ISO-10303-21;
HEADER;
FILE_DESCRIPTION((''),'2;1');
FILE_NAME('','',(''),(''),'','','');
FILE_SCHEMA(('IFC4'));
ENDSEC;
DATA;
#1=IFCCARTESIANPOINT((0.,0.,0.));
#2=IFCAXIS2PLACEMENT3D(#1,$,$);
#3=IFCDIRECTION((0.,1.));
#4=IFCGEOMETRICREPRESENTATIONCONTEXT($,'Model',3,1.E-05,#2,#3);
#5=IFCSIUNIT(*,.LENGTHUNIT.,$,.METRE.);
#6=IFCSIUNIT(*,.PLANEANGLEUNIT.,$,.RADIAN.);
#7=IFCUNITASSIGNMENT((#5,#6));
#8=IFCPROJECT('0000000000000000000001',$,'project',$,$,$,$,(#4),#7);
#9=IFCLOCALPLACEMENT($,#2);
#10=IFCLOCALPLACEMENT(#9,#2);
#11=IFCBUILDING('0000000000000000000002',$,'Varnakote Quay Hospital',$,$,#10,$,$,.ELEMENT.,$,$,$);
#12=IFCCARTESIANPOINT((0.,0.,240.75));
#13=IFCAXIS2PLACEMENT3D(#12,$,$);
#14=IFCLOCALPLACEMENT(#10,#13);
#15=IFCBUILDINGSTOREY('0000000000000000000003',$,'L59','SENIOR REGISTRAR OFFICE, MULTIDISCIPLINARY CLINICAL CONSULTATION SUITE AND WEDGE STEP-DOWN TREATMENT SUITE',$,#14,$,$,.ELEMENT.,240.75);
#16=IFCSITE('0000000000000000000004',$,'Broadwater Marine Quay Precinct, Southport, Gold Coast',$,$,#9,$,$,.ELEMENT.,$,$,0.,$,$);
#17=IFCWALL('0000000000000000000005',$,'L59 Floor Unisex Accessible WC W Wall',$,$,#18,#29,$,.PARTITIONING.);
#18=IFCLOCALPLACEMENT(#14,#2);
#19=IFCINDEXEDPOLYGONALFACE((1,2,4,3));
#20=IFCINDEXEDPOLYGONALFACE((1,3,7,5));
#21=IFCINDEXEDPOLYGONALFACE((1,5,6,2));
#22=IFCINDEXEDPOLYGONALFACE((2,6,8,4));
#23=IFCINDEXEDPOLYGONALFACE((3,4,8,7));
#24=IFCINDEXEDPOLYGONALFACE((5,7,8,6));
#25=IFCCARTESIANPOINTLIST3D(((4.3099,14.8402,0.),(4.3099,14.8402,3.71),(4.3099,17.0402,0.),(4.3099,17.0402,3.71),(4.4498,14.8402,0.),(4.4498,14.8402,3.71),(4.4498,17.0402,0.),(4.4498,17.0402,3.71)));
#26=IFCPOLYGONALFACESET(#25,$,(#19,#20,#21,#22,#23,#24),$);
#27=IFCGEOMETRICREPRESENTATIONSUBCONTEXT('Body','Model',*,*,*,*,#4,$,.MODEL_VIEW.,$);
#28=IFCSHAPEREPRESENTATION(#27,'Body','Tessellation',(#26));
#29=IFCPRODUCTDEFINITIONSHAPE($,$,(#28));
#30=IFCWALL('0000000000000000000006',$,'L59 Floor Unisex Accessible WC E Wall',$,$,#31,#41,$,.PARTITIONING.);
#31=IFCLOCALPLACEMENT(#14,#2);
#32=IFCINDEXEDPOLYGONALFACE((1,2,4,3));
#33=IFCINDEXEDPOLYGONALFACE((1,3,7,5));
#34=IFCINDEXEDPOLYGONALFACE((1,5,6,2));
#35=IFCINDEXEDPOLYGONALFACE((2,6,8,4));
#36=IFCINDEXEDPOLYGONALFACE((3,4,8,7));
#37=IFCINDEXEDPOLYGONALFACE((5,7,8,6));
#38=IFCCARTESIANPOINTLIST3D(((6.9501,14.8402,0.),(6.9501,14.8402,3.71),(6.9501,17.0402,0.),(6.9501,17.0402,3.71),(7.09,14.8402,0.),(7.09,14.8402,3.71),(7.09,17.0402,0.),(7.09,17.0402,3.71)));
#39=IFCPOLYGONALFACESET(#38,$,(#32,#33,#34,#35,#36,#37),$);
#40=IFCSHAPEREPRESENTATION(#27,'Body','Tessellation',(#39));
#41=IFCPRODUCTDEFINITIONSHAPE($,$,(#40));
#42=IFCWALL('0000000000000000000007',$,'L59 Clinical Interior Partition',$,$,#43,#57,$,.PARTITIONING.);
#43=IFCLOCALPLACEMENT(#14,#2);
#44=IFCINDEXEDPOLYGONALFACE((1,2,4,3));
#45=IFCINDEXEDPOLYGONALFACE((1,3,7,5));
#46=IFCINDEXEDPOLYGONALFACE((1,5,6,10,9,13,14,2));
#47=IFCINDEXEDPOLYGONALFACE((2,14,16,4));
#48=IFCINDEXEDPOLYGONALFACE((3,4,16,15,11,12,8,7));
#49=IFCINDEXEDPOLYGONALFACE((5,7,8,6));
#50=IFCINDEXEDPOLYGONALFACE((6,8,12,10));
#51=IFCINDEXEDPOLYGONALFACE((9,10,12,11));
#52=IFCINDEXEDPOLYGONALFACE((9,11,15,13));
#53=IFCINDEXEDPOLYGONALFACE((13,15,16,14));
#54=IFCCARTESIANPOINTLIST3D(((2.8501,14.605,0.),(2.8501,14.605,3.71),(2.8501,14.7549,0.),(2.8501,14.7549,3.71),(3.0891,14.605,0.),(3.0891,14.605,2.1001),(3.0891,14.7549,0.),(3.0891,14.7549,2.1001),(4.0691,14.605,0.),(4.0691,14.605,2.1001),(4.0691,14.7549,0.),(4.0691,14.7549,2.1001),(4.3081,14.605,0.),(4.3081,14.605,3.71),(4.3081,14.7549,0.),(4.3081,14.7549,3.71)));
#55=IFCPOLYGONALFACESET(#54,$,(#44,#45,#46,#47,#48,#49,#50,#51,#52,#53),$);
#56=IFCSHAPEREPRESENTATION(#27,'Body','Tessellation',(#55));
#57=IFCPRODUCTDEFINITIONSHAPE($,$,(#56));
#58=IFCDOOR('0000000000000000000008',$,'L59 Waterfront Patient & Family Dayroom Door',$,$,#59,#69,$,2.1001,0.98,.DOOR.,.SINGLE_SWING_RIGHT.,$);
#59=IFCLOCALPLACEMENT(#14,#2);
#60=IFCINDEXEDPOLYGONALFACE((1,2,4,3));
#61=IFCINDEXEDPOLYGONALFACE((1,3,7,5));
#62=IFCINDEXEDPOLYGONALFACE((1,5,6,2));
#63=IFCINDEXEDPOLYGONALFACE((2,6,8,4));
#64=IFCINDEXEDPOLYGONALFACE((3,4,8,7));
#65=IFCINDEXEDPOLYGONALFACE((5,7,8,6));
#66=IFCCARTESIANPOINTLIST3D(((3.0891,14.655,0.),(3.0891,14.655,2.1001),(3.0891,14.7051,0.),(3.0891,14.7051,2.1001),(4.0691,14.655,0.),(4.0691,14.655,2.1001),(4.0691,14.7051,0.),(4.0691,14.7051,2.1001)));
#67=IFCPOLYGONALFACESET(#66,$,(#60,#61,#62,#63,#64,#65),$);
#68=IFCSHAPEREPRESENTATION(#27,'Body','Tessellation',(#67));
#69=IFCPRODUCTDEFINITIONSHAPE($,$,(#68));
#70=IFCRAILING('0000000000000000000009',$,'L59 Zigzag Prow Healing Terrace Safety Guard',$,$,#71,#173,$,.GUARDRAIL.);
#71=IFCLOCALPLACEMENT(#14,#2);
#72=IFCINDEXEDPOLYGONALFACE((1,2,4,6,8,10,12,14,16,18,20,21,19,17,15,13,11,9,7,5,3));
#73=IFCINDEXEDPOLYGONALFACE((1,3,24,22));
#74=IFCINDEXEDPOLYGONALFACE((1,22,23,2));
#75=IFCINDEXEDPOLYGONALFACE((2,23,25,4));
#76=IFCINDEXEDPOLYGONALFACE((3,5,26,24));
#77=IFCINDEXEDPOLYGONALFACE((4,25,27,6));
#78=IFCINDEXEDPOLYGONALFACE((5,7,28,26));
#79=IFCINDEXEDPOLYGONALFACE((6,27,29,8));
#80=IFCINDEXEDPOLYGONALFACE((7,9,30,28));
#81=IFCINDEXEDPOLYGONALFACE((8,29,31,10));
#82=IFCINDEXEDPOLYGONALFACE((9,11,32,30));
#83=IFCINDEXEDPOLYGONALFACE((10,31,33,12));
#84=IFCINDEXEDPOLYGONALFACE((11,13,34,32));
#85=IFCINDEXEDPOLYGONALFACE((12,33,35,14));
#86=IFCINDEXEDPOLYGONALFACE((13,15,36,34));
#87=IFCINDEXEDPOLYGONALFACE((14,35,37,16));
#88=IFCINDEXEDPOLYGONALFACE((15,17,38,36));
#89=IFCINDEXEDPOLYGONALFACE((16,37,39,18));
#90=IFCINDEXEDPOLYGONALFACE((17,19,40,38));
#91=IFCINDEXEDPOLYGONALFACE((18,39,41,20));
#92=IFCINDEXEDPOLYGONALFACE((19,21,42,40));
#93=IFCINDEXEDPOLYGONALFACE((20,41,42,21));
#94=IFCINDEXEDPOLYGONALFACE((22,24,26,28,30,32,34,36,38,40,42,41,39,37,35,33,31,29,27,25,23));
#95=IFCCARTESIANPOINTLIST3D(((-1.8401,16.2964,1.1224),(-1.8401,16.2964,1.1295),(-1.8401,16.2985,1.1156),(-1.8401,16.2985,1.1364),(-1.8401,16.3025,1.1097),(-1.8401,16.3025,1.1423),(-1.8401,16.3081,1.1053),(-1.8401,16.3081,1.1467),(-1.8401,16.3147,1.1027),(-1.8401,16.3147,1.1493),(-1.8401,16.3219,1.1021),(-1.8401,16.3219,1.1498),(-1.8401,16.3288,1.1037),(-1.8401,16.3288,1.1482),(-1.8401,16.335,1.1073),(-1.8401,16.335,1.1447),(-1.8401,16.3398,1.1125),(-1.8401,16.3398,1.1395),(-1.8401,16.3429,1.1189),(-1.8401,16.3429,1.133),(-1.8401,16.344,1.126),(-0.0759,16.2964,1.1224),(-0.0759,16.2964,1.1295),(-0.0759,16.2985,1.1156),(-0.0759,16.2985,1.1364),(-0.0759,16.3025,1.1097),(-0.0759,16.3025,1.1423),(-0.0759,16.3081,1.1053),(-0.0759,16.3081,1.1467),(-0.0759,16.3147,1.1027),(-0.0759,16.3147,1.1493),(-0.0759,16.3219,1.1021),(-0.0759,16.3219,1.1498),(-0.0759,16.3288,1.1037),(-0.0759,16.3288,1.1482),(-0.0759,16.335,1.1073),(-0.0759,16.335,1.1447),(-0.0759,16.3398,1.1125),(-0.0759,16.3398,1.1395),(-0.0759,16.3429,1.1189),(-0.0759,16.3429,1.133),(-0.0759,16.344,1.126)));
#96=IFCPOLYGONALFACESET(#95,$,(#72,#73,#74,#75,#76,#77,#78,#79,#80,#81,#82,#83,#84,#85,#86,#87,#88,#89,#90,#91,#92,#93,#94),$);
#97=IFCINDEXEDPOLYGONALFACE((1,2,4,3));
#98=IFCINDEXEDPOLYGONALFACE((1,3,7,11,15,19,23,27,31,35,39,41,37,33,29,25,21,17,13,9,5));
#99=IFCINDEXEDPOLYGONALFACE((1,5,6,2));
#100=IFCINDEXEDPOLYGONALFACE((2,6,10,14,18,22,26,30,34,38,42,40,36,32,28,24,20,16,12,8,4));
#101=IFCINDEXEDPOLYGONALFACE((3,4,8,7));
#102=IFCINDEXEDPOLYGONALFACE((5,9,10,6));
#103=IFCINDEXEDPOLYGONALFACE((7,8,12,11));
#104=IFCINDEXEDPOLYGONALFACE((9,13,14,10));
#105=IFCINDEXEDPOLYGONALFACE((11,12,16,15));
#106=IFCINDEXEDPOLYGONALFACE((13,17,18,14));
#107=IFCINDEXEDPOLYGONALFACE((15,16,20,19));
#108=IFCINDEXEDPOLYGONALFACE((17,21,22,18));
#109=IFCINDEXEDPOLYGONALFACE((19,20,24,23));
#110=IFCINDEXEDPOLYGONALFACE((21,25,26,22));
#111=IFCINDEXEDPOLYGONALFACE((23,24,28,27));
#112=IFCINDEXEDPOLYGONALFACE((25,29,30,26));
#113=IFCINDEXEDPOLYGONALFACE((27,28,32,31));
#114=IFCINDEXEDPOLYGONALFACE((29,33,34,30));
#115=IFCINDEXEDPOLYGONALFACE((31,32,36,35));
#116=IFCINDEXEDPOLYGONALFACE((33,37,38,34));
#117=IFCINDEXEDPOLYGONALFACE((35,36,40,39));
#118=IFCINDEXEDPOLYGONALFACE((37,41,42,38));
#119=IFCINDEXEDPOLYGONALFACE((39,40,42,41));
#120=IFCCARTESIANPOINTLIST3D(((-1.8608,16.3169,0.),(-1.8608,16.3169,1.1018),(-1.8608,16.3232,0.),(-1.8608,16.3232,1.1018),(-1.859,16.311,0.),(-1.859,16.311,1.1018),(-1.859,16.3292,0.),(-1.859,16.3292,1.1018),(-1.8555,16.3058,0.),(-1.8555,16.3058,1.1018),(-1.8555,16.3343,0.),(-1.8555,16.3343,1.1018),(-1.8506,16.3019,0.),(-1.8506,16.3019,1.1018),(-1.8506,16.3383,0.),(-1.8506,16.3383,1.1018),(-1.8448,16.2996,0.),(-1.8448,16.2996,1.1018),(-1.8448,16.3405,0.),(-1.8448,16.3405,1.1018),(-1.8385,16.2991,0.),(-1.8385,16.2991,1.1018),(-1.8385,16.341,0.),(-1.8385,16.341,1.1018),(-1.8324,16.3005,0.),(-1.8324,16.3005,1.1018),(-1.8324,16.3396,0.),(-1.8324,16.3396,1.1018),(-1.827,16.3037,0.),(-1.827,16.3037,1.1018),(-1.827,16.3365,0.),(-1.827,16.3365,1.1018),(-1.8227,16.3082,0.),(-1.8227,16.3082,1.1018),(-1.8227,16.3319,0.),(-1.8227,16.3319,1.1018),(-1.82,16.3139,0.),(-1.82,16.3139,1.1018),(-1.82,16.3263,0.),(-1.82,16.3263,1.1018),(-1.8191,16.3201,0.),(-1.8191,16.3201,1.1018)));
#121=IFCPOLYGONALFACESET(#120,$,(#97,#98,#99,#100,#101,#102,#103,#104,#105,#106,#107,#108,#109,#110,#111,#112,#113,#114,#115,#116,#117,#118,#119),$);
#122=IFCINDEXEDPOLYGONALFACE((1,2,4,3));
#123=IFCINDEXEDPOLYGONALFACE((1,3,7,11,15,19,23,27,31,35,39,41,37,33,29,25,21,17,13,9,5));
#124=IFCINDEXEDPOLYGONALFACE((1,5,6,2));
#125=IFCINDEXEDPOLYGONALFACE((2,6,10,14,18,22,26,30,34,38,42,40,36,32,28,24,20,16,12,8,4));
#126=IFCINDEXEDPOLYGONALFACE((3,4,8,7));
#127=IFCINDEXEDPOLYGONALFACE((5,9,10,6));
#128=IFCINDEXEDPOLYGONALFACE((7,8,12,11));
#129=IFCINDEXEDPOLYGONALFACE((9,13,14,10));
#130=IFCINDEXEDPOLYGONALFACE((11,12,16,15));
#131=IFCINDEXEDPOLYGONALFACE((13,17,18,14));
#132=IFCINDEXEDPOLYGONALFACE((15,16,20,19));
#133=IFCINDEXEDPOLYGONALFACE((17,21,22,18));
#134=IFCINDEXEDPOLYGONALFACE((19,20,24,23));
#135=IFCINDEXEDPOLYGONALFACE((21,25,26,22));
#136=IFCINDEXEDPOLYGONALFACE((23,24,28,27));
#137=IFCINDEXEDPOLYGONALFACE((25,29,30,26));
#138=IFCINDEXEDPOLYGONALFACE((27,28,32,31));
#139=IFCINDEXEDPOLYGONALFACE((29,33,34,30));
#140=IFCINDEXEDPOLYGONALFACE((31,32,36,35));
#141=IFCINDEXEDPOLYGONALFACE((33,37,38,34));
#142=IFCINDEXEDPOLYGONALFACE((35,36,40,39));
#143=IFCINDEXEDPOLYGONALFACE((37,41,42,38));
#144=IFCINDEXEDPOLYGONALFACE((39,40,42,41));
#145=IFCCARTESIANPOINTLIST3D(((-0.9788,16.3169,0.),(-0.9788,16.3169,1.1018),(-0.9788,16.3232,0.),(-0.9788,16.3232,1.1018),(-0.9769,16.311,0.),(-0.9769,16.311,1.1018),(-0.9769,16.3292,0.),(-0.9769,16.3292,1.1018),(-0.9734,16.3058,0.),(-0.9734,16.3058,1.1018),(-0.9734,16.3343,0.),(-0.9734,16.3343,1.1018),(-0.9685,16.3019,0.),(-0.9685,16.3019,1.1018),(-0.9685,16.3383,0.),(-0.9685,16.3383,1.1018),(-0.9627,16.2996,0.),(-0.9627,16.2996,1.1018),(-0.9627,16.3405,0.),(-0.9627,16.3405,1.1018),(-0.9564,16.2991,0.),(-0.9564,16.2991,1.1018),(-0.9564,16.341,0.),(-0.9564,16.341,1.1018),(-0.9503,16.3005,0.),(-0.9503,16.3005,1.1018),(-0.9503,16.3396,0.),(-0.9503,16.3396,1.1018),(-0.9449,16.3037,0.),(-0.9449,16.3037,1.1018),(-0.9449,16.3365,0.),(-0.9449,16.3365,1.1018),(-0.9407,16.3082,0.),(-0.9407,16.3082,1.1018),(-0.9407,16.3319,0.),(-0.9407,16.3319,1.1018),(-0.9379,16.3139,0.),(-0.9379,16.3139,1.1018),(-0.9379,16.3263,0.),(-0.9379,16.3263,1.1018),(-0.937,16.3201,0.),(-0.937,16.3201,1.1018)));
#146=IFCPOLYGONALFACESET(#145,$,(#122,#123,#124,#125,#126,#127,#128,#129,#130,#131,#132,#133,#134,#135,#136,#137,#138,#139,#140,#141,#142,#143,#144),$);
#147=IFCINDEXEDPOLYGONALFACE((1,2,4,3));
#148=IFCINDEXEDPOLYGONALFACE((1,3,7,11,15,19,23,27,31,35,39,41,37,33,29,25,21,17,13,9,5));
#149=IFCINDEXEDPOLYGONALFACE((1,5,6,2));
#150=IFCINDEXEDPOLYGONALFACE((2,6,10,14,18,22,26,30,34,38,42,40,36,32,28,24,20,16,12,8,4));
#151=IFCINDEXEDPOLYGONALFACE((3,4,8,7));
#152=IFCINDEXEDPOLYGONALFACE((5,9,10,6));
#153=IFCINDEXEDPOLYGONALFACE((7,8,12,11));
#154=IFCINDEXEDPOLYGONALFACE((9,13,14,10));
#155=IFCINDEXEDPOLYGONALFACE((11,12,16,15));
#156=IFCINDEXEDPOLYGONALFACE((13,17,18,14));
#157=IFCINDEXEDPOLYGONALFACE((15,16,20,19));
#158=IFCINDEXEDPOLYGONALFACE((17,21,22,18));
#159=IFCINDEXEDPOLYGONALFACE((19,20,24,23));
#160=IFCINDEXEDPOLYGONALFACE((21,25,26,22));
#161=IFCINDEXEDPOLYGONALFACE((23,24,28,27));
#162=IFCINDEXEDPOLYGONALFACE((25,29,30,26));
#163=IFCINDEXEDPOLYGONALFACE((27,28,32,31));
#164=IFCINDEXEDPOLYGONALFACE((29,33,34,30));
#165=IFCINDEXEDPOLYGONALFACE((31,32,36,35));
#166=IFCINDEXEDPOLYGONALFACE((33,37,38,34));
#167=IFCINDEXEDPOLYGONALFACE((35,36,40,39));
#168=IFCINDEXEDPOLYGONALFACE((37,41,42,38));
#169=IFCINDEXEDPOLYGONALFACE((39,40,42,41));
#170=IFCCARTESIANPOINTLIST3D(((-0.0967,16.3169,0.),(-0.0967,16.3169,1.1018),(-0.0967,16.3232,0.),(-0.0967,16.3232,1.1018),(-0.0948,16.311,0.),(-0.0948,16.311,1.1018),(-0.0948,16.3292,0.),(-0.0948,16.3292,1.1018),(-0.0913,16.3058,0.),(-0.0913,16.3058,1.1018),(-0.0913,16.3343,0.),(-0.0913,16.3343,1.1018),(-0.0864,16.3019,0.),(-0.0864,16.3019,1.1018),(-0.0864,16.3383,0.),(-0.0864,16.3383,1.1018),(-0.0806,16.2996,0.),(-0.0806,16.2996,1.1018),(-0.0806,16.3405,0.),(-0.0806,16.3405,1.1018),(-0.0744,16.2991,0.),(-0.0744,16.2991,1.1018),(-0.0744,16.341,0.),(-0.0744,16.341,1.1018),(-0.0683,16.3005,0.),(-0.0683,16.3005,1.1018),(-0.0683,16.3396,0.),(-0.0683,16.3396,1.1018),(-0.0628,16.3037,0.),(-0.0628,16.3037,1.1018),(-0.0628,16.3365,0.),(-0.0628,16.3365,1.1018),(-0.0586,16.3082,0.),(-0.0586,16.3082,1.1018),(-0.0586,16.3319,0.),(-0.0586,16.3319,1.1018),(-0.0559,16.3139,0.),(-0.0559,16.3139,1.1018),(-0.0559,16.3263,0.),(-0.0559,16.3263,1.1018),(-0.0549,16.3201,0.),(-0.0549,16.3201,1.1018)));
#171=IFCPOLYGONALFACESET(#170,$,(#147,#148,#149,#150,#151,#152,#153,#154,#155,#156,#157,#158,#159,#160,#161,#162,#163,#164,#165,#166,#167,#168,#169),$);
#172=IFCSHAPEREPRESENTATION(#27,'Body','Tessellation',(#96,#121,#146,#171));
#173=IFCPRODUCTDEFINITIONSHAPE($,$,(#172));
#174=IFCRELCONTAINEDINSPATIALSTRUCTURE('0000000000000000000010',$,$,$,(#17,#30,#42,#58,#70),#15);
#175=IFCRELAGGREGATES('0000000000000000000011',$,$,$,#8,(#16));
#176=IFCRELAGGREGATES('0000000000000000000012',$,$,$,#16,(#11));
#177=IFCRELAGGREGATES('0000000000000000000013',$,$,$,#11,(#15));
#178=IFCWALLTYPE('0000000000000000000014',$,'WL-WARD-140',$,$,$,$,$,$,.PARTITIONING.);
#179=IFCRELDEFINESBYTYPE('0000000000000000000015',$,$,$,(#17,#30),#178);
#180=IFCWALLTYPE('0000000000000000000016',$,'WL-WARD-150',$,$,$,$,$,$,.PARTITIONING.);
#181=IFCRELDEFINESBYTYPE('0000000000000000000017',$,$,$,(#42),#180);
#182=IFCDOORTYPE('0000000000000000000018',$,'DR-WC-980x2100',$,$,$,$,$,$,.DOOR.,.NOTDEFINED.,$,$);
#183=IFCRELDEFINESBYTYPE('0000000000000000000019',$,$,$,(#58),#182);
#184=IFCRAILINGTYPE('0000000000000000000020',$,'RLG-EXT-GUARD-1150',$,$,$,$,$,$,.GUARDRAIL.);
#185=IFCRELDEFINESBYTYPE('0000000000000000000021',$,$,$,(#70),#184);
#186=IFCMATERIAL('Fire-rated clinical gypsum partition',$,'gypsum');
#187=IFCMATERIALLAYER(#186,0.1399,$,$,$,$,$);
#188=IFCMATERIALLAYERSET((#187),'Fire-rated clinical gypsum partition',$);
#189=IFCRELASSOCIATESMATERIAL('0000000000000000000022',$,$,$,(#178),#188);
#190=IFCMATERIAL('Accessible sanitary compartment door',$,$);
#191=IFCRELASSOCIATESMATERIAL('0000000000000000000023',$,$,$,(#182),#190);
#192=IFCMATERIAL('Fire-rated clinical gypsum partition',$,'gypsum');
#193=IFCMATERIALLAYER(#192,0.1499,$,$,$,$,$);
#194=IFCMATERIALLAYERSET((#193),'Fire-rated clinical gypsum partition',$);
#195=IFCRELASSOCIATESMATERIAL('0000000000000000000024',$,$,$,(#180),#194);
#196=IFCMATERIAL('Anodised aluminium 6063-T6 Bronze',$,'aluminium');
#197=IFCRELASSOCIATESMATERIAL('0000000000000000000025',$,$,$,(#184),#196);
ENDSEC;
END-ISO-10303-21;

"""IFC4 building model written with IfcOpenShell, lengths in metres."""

from ifc_helpers import new_model, si_unit, direction, frame, frame_2d, origin, origin_2d, place, context, subcontext, project, spatial, rectangle, circle, extrude, material, layer, layer_set, type_object, element, fill, save


model = new_model("IFC4")

# Units and contexts
model_context = context("Model", 3, precision=1e-05, world=origin(), true_north=direction((0.0, 1.0)))
body_context = subcontext(model_context, "Body", "Model", "MODEL_VIEW")
ifc_project = project(units=[si_unit("LENGTHUNIT", "METRE"), si_unit("PLANEANGLEUNIT", "RADIAN")], contexts=[model_context])

# Site, building, storey
site_placement = place(None, origin())
site = spatial("IfcSite", under=ifc_project, at=site_placement, Name="Broadwater Marine Quay Precinct, Southport, Gold Coast", CompositionType="ELEMENT", RefElevation=0.0)
building_placement = place(site_placement, origin())
building = spatial("IfcBuilding", under=site, at=building_placement, Name="Varnakote Quay Hospital", CompositionType="ELEMENT")
storey_placement = place(building_placement, frame((0.0, 0.0, 240.75)))
storey = spatial("IfcBuildingStorey", under=building, at=storey_placement, Name="L59", Description="SENIOR REGISTRAR OFFICE, MULTIDISCIPLINARY CLINICAL CONSULTATION SUITE AND WEDGE STEP-DOWN TREATMENT SUITE", CompositionType="ELEMENT", Elevation=240.75)

# Shared definitions
ifc_material_1 = material(Name="Fire-rated clinical gypsum partition", Category="gypsum")
ifc_layer_1 = layer(ifc_material_1, 0.1399)
ifc_layer_set_1 = layer_set([ifc_layer_1], Name="Fire-rated clinical gypsum partition")
wall_type_1 = type_object("IfcWallType", Name="WL-WARD-140", PredefinedType="PARTITIONING", material=ifc_layer_set_1)
ifc_material_2 = material(Name="Accessible sanitary compartment door")
door_type_1 = type_object("IfcDoorType", Name="DR-WC-980x2100", OperationType="NOTDEFINED", PredefinedType="DOOR", material=ifc_material_2)

# Walls
for number, where, z_axis, x_axis, name in (
    (1, (4.3799, 14.8401, 0.0), (0.0, 0.0, 1.0), (0.0, 1.0, 0.0), "L59 Floor Unisex Accessible WC W Wall"),
    (2, (7.02, 14.8401, 0.0), (0.0, 0.0, 1.0), (0.0, 1.0, 0.0), "L59 Floor Unisex Accessible WC E Wall"),
):
    element("IfcWall", number, at=place(storey_placement, frame(where, z_axis=z_axis, x_axis=x_axis)), inside=storey, type_object=wall_type_1, Name=name, PredefinedType="PARTITIONING", context=body_context, shape_type="SweptSolid", body=[
        extrude(rectangle(XDim=2.2, YDim=0.1399, at=frame_2d((1.1001, 0.0))), origin(), (0.0, 0.0, 1.0), 3.71),
    ])

# Wall, opening, door
ifc_material_3 = material(Name="Fire-rated clinical gypsum partition", Category="gypsum")
ifc_layer_2 = layer(ifc_material_3, 0.1499)
ifc_layer_set_2 = layer_set([ifc_layer_2], Name="Fire-rated clinical gypsum partition")
wall_type_2 = type_object("IfcWallType", Name="WL-WARD-150", PredefinedType="PARTITIONING", material=ifc_layer_set_2)
wall_1_placement = place(storey_placement, frame((4.3081, 14.6799, 0.0), z_axis=(0.0, 0.0, 1.0), x_axis=(-1.0, 0.0, 0.0)))
wall_1 = element("IfcWall", 3, at=wall_1_placement, inside=storey, type_object=wall_type_2, Name="L59 Clinical Interior Partition", PredefinedType="PARTITIONING", context=body_context, shape_type="SweptSolid", body=[
    extrude(rectangle(XDim=1.458, YDim=0.1499, at=frame_2d((0.729, 0.0))), origin(), (0.0, 0.0, 1.0), 3.71),
])
opening_1_placement = place(wall_1_placement, frame((0.239, 0.0, 0.0)))
opening_1 = element("IfcOpeningElement", 4, at=opening_1_placement, cuts=wall_1, PredefinedType="OPENING", context=body_context, shape_type="SweptSolid", body=[
    extrude(rectangle(XDim=0.98, YDim=2.1001, at=frame_2d((0.49, 1.05))), frame((0.0, 0.085, 0.0), z_axis=(0.0, -1.0, 0.0), x_axis=(1.0, 0.0, 0.0)), (0.0, 0.0, 1.0), 0.1699),
])
door_1_placement = place(opening_1_placement, origin())
door_1 = element("IfcDoor", 5, at=door_1_placement, inside=storey, type_object=door_type_1, Name="L59 Waterfront Patient & Family Dayroom Door", OperationType="SINGLE_SWING_RIGHT", OverallHeight=2.1001, OverallWidth=0.98, PredefinedType="DOOR", context=body_context, shape_type="SweptSolid", body=[
    extrude(rectangle(XDim=0.98, YDim=2.1001, at=frame_2d((0.49, 1.05))), frame((0.0, 0.0249, 0.0), z_axis=(0.0, -1.0, 0.0), x_axis=(1.0, 0.0, 0.0)), (0.0, 0.0, 1.0), 0.05),
])
fill(opening_1, door_1)

# Railing
ifc_material_4 = material(Name="Anodised aluminium 6063-T6 Bronze", Category="aluminium")
railing_type = type_object("IfcRailingType", Name="RLG-EXT-GUARD-1150", PredefinedType="GUARDRAIL", material=ifc_material_4)
railing_1_placement = place(storey_placement, frame((-1.8401, 16.3201, 0.0)))
element("IfcRailing", 6, at=railing_1_placement, inside=storey, type_object=railing_type, Name="L59 Zigzag Prow Healing Terrace Safety Guard", PredefinedType="GUARDRAIL", context=body_context, shape_type="SweptSolid", body=[
    extrude(circle(Radius=0.0239, at=origin_2d()), frame((0.0, 0.0, 1.126), z_axis=(1.0, 0.0, 0.0), x_axis=(0.0, 1.0, 0.0)), (0.0, 0.0, 1.0), 1.7642),
    extrude(circle(Radius=0.021, at=origin_2d()), origin(), (0.0, 0.0, 1.0), 1.1018),
    extrude(circle(Radius=0.021, at=origin_2d()), frame((0.8821, 0.0, 0.0)), (0.0, 0.0, 1.0), 1.1018),
    extrude(circle(Radius=0.021, at=origin_2d()), frame((1.7642, 0.0, 0.0)), (0.0, 0.0, 1.0), 1.1018),
])

save(model, "model.ifc")
